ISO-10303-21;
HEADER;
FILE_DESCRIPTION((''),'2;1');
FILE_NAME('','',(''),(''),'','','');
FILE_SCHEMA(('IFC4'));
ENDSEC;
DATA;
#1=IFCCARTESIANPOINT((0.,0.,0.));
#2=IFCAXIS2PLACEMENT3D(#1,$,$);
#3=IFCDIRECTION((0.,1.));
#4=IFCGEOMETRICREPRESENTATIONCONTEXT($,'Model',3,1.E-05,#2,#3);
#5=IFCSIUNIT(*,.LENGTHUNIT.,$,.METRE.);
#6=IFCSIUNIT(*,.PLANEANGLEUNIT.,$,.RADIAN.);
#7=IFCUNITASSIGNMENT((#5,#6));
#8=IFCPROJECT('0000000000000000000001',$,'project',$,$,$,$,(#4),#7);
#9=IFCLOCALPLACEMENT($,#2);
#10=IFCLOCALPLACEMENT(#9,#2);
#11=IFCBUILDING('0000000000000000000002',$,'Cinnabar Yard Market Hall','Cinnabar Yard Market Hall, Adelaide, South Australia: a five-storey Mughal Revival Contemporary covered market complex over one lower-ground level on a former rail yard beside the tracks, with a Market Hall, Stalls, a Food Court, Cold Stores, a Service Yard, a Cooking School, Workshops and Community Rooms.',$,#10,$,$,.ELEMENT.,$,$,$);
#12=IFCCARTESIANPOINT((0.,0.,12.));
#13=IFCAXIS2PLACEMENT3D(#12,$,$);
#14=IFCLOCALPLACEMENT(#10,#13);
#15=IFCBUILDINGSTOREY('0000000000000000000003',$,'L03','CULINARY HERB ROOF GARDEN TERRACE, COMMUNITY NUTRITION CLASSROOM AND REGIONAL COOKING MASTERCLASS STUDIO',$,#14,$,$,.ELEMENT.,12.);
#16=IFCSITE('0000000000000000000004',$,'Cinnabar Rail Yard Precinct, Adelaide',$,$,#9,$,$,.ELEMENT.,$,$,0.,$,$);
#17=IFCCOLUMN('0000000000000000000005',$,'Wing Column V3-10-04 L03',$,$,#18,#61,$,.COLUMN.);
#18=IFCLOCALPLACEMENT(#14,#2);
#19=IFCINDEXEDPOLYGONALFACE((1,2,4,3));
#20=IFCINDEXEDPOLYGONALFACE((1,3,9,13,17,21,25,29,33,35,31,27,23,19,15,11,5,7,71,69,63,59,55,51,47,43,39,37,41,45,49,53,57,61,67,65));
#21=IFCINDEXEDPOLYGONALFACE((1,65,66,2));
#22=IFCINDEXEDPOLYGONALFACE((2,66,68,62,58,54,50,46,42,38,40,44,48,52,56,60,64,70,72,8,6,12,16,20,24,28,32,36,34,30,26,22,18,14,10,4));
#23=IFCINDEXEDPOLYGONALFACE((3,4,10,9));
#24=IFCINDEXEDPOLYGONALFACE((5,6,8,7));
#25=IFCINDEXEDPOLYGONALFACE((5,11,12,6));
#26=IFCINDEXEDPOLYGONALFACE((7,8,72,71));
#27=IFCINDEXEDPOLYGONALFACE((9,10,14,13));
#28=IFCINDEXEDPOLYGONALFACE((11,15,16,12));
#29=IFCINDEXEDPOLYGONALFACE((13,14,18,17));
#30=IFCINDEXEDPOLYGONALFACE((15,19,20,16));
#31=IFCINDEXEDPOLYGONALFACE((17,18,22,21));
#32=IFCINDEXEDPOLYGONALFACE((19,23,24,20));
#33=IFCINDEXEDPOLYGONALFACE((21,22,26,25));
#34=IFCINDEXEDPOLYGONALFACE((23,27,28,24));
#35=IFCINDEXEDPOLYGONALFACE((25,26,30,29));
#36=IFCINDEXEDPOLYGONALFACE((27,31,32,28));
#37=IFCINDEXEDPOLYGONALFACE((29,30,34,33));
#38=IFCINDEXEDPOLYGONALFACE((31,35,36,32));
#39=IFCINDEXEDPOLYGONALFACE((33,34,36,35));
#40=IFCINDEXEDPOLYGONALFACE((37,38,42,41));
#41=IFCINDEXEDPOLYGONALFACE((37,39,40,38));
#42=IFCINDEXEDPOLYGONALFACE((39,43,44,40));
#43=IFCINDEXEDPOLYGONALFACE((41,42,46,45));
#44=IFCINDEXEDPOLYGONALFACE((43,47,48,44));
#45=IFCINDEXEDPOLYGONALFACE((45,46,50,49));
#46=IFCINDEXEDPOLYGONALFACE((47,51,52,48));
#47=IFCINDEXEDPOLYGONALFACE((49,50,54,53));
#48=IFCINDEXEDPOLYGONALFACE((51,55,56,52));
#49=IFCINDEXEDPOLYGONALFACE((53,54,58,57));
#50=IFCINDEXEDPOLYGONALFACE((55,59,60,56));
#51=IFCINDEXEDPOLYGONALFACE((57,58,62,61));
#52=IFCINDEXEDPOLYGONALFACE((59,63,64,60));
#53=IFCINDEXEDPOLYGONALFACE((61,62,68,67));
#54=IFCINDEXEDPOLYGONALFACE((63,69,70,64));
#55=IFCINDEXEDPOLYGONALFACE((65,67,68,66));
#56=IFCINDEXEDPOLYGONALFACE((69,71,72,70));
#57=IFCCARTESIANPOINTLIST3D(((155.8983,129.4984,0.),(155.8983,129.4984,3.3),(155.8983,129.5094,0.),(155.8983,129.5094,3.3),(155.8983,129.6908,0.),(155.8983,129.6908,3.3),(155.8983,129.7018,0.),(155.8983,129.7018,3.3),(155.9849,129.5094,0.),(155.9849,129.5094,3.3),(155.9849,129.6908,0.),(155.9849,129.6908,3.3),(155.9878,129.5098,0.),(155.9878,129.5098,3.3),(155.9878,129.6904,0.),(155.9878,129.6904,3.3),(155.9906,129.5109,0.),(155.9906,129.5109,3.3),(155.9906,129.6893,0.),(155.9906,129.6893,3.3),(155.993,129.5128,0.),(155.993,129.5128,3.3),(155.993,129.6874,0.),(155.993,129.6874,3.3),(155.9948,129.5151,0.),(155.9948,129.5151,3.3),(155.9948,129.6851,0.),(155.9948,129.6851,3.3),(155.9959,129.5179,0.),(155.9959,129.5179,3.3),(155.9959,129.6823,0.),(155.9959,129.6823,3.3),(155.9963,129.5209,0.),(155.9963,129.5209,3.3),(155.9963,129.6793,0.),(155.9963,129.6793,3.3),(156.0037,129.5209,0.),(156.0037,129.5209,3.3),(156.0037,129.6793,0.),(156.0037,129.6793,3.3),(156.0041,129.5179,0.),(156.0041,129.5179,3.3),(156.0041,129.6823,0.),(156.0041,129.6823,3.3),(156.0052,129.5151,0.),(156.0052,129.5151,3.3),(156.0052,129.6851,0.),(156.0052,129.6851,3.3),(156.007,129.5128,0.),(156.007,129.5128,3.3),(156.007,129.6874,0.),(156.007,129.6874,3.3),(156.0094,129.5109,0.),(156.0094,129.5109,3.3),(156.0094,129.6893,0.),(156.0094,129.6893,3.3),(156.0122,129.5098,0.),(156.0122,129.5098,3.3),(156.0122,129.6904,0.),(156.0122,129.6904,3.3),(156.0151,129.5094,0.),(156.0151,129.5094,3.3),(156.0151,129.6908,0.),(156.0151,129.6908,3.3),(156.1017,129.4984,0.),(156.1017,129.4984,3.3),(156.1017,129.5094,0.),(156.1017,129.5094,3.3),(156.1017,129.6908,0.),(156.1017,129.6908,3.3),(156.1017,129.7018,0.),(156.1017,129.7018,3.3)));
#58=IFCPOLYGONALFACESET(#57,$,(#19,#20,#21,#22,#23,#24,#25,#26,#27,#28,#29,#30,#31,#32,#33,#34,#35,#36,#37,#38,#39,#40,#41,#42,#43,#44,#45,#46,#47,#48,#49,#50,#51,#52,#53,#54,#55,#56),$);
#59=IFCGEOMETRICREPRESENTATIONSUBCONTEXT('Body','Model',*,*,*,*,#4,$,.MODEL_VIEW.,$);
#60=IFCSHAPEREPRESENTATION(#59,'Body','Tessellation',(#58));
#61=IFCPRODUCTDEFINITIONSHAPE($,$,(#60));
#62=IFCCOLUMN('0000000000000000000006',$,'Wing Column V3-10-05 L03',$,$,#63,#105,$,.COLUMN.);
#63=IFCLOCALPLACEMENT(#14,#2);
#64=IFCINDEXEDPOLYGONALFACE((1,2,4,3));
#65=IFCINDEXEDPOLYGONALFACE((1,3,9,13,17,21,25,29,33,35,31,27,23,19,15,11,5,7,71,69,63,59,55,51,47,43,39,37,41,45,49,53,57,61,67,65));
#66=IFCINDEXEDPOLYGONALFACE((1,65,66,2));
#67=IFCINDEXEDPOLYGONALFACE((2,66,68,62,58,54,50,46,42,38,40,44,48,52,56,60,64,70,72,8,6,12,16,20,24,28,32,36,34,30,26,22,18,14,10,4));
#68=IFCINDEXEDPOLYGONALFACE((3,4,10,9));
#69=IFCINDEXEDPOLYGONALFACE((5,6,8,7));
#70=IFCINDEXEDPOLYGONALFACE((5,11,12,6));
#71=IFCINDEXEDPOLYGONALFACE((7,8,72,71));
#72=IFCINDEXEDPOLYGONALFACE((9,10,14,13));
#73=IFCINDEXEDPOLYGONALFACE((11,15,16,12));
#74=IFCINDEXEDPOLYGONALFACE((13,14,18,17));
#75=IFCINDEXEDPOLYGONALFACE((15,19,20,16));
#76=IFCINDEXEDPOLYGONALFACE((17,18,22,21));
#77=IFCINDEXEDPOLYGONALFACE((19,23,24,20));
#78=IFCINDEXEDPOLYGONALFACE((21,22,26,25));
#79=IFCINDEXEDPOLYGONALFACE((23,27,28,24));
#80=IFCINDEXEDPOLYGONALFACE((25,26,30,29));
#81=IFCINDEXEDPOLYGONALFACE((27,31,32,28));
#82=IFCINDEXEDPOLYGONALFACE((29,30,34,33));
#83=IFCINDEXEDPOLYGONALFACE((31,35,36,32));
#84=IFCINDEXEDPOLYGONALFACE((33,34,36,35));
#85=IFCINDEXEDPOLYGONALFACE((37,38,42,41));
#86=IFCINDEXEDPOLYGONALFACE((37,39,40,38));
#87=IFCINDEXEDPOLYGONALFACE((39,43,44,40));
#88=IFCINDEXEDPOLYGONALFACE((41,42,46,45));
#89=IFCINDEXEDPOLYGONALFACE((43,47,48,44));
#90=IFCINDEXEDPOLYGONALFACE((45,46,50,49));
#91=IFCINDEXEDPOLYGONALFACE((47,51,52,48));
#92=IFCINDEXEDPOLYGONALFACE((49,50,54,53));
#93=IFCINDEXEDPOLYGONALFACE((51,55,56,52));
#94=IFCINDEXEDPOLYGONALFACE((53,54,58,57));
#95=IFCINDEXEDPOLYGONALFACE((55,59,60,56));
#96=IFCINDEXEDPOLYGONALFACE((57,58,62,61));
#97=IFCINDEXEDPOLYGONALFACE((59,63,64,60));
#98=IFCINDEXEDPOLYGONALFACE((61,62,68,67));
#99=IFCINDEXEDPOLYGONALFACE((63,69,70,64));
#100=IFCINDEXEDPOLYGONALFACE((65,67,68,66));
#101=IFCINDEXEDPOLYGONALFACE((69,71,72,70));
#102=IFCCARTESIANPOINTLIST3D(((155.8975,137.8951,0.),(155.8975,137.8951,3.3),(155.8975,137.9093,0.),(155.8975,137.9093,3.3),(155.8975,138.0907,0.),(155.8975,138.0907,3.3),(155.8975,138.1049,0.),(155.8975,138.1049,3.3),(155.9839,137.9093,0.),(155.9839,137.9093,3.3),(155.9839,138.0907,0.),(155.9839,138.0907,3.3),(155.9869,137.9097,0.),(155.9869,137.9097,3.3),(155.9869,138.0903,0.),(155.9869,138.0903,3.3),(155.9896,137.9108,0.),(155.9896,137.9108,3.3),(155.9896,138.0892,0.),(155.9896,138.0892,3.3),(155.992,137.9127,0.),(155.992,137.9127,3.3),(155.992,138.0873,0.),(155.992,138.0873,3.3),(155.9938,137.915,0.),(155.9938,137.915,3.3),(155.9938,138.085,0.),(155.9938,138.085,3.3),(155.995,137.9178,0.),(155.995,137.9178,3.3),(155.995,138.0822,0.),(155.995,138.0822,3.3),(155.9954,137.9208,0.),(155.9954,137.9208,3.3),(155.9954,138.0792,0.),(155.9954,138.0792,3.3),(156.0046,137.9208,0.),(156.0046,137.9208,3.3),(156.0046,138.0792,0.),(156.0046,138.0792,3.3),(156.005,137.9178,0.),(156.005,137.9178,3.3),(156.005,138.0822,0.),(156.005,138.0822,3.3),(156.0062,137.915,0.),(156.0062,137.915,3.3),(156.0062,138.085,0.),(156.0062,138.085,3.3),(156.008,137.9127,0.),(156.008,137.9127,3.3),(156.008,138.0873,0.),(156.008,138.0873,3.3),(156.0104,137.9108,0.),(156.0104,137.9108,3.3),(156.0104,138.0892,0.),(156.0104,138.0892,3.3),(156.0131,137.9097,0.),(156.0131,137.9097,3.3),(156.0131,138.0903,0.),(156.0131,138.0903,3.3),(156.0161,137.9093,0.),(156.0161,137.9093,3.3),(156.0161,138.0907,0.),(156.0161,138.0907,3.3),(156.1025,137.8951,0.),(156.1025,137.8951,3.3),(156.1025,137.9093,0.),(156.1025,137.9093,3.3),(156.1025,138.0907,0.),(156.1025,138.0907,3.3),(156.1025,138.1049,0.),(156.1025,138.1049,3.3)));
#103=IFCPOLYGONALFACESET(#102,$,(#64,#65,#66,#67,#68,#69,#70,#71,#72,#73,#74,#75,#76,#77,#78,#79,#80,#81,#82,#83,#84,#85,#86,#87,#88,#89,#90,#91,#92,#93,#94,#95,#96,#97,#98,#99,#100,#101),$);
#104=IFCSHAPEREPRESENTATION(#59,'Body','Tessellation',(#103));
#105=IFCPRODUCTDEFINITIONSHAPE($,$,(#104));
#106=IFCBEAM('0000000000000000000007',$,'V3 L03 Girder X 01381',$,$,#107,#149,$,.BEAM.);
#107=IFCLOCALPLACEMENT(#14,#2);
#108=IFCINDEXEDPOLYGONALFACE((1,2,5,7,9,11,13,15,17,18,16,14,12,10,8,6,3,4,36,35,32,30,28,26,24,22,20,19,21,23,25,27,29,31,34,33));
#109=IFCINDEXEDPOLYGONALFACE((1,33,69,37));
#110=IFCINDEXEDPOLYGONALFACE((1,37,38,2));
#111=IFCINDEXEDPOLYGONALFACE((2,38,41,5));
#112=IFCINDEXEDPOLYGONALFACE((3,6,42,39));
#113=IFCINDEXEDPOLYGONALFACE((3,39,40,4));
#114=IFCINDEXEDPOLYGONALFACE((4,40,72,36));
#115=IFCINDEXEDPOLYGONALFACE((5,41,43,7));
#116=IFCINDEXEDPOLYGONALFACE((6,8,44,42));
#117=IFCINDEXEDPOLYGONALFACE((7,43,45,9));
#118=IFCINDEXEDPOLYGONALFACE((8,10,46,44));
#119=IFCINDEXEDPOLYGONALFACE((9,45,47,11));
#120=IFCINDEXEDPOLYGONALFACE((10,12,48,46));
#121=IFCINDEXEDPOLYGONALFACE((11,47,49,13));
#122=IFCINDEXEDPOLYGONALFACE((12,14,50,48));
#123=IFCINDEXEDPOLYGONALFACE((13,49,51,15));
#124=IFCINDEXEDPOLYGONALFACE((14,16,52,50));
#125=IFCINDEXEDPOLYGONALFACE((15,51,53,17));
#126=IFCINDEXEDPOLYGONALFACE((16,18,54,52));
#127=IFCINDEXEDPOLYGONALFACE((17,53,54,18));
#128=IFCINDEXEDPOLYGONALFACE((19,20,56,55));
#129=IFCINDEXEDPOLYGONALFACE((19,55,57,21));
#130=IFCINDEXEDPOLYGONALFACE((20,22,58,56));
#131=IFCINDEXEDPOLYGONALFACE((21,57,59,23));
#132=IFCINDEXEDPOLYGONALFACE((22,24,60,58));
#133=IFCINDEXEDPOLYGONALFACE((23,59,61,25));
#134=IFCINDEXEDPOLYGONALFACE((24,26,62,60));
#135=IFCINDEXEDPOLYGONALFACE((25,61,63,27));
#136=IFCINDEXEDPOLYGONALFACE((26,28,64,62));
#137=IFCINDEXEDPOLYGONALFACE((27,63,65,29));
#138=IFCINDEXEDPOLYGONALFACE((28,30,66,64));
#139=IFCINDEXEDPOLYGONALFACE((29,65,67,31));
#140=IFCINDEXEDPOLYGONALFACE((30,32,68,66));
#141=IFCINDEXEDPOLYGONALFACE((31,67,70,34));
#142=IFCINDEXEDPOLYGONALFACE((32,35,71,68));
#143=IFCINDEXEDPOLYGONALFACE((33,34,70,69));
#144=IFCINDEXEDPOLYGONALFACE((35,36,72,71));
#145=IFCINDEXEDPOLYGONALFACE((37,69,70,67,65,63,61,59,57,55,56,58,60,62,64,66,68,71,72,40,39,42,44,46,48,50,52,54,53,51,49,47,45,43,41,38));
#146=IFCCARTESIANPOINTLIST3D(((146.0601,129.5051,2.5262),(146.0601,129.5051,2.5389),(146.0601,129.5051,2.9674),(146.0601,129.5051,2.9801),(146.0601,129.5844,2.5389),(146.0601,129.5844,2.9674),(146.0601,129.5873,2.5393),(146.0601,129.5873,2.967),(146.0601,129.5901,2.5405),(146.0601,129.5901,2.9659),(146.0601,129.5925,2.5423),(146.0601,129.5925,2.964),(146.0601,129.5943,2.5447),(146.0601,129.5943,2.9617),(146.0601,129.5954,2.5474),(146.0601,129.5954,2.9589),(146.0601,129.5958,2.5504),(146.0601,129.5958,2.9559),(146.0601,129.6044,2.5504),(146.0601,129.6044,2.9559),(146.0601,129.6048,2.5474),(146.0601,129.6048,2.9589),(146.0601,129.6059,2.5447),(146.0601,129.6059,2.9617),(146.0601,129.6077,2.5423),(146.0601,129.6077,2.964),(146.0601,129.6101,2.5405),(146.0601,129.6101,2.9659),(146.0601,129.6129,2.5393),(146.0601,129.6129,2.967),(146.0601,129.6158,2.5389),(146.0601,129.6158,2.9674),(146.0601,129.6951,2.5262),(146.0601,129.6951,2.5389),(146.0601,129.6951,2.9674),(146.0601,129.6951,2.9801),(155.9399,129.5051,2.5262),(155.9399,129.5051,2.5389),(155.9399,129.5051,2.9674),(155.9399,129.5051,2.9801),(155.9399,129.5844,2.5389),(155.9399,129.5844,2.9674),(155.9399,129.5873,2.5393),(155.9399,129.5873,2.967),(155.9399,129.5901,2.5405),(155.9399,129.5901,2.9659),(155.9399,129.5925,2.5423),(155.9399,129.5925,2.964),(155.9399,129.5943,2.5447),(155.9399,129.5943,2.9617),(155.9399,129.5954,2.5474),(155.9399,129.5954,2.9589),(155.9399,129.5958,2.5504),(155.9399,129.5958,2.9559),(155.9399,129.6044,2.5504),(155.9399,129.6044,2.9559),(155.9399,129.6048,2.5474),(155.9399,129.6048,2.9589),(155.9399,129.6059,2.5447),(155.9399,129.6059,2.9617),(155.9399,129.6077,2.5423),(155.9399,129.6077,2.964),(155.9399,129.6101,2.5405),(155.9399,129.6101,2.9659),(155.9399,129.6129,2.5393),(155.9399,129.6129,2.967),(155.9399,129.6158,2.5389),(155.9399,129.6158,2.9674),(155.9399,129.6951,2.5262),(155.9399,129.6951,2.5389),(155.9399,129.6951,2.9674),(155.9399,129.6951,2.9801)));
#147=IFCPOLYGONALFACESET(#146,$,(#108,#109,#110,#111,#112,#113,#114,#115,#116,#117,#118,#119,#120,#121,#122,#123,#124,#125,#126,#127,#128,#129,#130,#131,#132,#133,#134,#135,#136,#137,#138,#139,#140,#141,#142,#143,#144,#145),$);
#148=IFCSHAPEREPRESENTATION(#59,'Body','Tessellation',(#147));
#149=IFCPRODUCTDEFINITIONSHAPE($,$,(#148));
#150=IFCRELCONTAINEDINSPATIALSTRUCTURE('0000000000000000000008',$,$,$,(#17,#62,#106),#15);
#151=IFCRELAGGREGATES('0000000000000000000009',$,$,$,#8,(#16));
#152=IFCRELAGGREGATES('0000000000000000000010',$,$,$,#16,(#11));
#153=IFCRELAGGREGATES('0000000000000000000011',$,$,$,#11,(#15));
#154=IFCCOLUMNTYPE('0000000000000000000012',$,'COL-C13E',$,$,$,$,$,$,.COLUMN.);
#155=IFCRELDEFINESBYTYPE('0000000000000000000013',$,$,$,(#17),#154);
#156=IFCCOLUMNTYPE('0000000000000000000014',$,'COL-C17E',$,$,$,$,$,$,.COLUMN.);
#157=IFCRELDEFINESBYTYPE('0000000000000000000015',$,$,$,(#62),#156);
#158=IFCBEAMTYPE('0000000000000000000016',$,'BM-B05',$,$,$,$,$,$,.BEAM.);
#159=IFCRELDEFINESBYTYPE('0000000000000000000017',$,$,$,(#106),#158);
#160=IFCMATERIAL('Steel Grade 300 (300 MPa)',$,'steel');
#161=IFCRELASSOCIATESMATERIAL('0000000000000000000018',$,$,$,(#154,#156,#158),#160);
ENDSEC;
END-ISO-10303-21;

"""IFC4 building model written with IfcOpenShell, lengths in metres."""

from ifc_helpers import new_model, si_unit, direction, frame, origin, origin_2d_with_axis, place, context, subcontext, project, spatial, i_section, extrude, material, material_profile, profile_set, type_object, element, save


model = new_model("IFC4")

# Units and contexts
model_context = context("Model", 3, precision=1e-05, world=origin(), true_north=direction((0.0, 1.0)))
body_context = subcontext(model_context, "Body", "Model", "MODEL_VIEW")
ifc_project = project(units=[si_unit("LENGTHUNIT", "METRE"), si_unit("PLANEANGLEUNIT", "RADIAN")], contexts=[model_context])

# Site, building, storey
site_placement = place(None, origin())
site = spatial("IfcSite", under=ifc_project, at=site_placement, Name="Cinnabar Rail Yard Precinct, Adelaide", CompositionType="ELEMENT", RefElevation=0.0)
building_placement = place(site_placement, origin())
building = spatial("IfcBuilding", under=site, at=building_placement, Name="Cinnabar Yard Market Hall", Description="Cinnabar Yard Market Hall, Adelaide, South Australia: a five-storey Mughal Revival Contemporary covered market complex over one lower-ground level on a former rail yard beside the tracks, with a Market Hall, Stalls, a Food Court, Cold Stores, a Service Yard, a Cooking School, Workshops and Community Rooms.", CompositionType="ELEMENT")
storey_placement = place(building_placement, frame((0.0, 0.0, 12.0)))
storey = spatial("IfcBuildingStorey", under=building, at=storey_placement, Name="L03", Description="CULINARY HERB ROOF GARDEN TERRACE, COMMUNITY NUTRITION CLASSROOM AND REGIONAL COOKING MASTERCLASS STUDIO", CompositionType="ELEMENT", Elevation=12.0)

# Columns
ifc_material_1 = material(Name="Steel Grade 300 (300 MPa)", Category="steel")
ifc_material_profile_1 = material_profile(ifc_material_1, i_section(OverallWidth=0.2034, OverallDepth=0.2034, WebThickness=0.0073, FlangeThickness=0.011, FilletRadius=0.0115, at=origin_2d_with_axis()), Name="200UC46.2")
ifc_profile_set_1 = profile_set([ifc_material_profile_1], Name="Steel Grade 300 (300 MPa)")
column_type_1 = type_object("IfcColumnType", Name="COL-C13E", PredefinedType="COLUMN", material=ifc_profile_set_1)
column_1_placement = place(storey_placement, frame((156.0, 129.6001, 0.0), z_axis=(0.0, 0.0, 1.0), x_axis=(1.0, 0.0, 0.0)))
element("IfcColumn", 1, at=column_1_placement, inside=storey, type_object=column_type_1, Name="Wing Column V3-10-04 L03", PredefinedType="COLUMN", context=body_context, shape_type="SweptSolid", body=[
    extrude(i_section(OverallWidth=0.2034, OverallDepth=0.2034, WebThickness=0.0073, FlangeThickness=0.011, FilletRadius=0.0115, at=origin_2d_with_axis()), origin(), (0.0, 0.0, 1.0), 3.3),
])
ifc_material_profile_2 = material_profile(ifc_material_1, i_section(OverallWidth=0.2051, OverallDepth=0.2097, WebThickness=0.0093, FlangeThickness=0.0142, FilletRadius=0.0115, at=origin_2d_with_axis()), Name="200UC59.5")
ifc_profile_set_2 = profile_set([ifc_material_profile_2], Name="Steel Grade 300 (300 MPa)")
column_type_2 = type_object("IfcColumnType", Name="COL-C17E", PredefinedType="COLUMN", material=ifc_profile_set_2)
column_2_placement = place(storey_placement, frame((156.0, 138.0, 0.0), z_axis=(0.0, 0.0, 1.0), x_axis=(1.0, 0.0, 0.0)))
element("IfcColumn", 2, at=column_2_placement, inside=storey, type_object=column_type_2, Name="Wing Column V3-10-05 L03", PredefinedType="COLUMN", context=body_context, shape_type="SweptSolid", body=[
    extrude(i_section(OverallWidth=0.2051, OverallDepth=0.2097, WebThickness=0.0093, FlangeThickness=0.0142, FilletRadius=0.0115, at=origin_2d_with_axis()), origin(), (0.0, 0.0, 1.0), 3.3),
])

# Beam
ifc_material_profile_3 = material_profile(ifc_material_1, i_section(OverallWidth=0.1899, OverallDepth=0.4539, WebThickness=0.0085, FlangeThickness=0.0127, FilletRadius=0.0115, at=origin_2d_with_axis()), Name="460UB67.1")
ifc_profile_set_3 = profile_set([ifc_material_profile_3], Name="Steel Grade 300 (300 MPa)")
beam_type_1 = type_object("IfcBeamType", Name="BM-B05", PredefinedType="BEAM", material=ifc_profile_set_3)
beam_1_placement = place(storey_placement, frame((146.0601, 129.6001, 2.7532), z_axis=(1.0, 0.0, 0.0), x_axis=(0.0, 1.0, 0.0)))
element("IfcBeam", 3, at=beam_1_placement, inside=storey, type_object=beam_type_1, Name="V3 L03 Girder X 01381", PredefinedType="BEAM", context=body_context, shape_type="SweptSolid", body=[
    extrude(i_section(OverallWidth=0.1899, OverallDepth=0.4539, WebThickness=0.0085, FlangeThickness=0.0127, FilletRadius=0.0115, at=origin_2d_with_axis()), origin(), (0.0, 0.0, 1.0), 9.8799),
])

save(model, "model.ifc")
